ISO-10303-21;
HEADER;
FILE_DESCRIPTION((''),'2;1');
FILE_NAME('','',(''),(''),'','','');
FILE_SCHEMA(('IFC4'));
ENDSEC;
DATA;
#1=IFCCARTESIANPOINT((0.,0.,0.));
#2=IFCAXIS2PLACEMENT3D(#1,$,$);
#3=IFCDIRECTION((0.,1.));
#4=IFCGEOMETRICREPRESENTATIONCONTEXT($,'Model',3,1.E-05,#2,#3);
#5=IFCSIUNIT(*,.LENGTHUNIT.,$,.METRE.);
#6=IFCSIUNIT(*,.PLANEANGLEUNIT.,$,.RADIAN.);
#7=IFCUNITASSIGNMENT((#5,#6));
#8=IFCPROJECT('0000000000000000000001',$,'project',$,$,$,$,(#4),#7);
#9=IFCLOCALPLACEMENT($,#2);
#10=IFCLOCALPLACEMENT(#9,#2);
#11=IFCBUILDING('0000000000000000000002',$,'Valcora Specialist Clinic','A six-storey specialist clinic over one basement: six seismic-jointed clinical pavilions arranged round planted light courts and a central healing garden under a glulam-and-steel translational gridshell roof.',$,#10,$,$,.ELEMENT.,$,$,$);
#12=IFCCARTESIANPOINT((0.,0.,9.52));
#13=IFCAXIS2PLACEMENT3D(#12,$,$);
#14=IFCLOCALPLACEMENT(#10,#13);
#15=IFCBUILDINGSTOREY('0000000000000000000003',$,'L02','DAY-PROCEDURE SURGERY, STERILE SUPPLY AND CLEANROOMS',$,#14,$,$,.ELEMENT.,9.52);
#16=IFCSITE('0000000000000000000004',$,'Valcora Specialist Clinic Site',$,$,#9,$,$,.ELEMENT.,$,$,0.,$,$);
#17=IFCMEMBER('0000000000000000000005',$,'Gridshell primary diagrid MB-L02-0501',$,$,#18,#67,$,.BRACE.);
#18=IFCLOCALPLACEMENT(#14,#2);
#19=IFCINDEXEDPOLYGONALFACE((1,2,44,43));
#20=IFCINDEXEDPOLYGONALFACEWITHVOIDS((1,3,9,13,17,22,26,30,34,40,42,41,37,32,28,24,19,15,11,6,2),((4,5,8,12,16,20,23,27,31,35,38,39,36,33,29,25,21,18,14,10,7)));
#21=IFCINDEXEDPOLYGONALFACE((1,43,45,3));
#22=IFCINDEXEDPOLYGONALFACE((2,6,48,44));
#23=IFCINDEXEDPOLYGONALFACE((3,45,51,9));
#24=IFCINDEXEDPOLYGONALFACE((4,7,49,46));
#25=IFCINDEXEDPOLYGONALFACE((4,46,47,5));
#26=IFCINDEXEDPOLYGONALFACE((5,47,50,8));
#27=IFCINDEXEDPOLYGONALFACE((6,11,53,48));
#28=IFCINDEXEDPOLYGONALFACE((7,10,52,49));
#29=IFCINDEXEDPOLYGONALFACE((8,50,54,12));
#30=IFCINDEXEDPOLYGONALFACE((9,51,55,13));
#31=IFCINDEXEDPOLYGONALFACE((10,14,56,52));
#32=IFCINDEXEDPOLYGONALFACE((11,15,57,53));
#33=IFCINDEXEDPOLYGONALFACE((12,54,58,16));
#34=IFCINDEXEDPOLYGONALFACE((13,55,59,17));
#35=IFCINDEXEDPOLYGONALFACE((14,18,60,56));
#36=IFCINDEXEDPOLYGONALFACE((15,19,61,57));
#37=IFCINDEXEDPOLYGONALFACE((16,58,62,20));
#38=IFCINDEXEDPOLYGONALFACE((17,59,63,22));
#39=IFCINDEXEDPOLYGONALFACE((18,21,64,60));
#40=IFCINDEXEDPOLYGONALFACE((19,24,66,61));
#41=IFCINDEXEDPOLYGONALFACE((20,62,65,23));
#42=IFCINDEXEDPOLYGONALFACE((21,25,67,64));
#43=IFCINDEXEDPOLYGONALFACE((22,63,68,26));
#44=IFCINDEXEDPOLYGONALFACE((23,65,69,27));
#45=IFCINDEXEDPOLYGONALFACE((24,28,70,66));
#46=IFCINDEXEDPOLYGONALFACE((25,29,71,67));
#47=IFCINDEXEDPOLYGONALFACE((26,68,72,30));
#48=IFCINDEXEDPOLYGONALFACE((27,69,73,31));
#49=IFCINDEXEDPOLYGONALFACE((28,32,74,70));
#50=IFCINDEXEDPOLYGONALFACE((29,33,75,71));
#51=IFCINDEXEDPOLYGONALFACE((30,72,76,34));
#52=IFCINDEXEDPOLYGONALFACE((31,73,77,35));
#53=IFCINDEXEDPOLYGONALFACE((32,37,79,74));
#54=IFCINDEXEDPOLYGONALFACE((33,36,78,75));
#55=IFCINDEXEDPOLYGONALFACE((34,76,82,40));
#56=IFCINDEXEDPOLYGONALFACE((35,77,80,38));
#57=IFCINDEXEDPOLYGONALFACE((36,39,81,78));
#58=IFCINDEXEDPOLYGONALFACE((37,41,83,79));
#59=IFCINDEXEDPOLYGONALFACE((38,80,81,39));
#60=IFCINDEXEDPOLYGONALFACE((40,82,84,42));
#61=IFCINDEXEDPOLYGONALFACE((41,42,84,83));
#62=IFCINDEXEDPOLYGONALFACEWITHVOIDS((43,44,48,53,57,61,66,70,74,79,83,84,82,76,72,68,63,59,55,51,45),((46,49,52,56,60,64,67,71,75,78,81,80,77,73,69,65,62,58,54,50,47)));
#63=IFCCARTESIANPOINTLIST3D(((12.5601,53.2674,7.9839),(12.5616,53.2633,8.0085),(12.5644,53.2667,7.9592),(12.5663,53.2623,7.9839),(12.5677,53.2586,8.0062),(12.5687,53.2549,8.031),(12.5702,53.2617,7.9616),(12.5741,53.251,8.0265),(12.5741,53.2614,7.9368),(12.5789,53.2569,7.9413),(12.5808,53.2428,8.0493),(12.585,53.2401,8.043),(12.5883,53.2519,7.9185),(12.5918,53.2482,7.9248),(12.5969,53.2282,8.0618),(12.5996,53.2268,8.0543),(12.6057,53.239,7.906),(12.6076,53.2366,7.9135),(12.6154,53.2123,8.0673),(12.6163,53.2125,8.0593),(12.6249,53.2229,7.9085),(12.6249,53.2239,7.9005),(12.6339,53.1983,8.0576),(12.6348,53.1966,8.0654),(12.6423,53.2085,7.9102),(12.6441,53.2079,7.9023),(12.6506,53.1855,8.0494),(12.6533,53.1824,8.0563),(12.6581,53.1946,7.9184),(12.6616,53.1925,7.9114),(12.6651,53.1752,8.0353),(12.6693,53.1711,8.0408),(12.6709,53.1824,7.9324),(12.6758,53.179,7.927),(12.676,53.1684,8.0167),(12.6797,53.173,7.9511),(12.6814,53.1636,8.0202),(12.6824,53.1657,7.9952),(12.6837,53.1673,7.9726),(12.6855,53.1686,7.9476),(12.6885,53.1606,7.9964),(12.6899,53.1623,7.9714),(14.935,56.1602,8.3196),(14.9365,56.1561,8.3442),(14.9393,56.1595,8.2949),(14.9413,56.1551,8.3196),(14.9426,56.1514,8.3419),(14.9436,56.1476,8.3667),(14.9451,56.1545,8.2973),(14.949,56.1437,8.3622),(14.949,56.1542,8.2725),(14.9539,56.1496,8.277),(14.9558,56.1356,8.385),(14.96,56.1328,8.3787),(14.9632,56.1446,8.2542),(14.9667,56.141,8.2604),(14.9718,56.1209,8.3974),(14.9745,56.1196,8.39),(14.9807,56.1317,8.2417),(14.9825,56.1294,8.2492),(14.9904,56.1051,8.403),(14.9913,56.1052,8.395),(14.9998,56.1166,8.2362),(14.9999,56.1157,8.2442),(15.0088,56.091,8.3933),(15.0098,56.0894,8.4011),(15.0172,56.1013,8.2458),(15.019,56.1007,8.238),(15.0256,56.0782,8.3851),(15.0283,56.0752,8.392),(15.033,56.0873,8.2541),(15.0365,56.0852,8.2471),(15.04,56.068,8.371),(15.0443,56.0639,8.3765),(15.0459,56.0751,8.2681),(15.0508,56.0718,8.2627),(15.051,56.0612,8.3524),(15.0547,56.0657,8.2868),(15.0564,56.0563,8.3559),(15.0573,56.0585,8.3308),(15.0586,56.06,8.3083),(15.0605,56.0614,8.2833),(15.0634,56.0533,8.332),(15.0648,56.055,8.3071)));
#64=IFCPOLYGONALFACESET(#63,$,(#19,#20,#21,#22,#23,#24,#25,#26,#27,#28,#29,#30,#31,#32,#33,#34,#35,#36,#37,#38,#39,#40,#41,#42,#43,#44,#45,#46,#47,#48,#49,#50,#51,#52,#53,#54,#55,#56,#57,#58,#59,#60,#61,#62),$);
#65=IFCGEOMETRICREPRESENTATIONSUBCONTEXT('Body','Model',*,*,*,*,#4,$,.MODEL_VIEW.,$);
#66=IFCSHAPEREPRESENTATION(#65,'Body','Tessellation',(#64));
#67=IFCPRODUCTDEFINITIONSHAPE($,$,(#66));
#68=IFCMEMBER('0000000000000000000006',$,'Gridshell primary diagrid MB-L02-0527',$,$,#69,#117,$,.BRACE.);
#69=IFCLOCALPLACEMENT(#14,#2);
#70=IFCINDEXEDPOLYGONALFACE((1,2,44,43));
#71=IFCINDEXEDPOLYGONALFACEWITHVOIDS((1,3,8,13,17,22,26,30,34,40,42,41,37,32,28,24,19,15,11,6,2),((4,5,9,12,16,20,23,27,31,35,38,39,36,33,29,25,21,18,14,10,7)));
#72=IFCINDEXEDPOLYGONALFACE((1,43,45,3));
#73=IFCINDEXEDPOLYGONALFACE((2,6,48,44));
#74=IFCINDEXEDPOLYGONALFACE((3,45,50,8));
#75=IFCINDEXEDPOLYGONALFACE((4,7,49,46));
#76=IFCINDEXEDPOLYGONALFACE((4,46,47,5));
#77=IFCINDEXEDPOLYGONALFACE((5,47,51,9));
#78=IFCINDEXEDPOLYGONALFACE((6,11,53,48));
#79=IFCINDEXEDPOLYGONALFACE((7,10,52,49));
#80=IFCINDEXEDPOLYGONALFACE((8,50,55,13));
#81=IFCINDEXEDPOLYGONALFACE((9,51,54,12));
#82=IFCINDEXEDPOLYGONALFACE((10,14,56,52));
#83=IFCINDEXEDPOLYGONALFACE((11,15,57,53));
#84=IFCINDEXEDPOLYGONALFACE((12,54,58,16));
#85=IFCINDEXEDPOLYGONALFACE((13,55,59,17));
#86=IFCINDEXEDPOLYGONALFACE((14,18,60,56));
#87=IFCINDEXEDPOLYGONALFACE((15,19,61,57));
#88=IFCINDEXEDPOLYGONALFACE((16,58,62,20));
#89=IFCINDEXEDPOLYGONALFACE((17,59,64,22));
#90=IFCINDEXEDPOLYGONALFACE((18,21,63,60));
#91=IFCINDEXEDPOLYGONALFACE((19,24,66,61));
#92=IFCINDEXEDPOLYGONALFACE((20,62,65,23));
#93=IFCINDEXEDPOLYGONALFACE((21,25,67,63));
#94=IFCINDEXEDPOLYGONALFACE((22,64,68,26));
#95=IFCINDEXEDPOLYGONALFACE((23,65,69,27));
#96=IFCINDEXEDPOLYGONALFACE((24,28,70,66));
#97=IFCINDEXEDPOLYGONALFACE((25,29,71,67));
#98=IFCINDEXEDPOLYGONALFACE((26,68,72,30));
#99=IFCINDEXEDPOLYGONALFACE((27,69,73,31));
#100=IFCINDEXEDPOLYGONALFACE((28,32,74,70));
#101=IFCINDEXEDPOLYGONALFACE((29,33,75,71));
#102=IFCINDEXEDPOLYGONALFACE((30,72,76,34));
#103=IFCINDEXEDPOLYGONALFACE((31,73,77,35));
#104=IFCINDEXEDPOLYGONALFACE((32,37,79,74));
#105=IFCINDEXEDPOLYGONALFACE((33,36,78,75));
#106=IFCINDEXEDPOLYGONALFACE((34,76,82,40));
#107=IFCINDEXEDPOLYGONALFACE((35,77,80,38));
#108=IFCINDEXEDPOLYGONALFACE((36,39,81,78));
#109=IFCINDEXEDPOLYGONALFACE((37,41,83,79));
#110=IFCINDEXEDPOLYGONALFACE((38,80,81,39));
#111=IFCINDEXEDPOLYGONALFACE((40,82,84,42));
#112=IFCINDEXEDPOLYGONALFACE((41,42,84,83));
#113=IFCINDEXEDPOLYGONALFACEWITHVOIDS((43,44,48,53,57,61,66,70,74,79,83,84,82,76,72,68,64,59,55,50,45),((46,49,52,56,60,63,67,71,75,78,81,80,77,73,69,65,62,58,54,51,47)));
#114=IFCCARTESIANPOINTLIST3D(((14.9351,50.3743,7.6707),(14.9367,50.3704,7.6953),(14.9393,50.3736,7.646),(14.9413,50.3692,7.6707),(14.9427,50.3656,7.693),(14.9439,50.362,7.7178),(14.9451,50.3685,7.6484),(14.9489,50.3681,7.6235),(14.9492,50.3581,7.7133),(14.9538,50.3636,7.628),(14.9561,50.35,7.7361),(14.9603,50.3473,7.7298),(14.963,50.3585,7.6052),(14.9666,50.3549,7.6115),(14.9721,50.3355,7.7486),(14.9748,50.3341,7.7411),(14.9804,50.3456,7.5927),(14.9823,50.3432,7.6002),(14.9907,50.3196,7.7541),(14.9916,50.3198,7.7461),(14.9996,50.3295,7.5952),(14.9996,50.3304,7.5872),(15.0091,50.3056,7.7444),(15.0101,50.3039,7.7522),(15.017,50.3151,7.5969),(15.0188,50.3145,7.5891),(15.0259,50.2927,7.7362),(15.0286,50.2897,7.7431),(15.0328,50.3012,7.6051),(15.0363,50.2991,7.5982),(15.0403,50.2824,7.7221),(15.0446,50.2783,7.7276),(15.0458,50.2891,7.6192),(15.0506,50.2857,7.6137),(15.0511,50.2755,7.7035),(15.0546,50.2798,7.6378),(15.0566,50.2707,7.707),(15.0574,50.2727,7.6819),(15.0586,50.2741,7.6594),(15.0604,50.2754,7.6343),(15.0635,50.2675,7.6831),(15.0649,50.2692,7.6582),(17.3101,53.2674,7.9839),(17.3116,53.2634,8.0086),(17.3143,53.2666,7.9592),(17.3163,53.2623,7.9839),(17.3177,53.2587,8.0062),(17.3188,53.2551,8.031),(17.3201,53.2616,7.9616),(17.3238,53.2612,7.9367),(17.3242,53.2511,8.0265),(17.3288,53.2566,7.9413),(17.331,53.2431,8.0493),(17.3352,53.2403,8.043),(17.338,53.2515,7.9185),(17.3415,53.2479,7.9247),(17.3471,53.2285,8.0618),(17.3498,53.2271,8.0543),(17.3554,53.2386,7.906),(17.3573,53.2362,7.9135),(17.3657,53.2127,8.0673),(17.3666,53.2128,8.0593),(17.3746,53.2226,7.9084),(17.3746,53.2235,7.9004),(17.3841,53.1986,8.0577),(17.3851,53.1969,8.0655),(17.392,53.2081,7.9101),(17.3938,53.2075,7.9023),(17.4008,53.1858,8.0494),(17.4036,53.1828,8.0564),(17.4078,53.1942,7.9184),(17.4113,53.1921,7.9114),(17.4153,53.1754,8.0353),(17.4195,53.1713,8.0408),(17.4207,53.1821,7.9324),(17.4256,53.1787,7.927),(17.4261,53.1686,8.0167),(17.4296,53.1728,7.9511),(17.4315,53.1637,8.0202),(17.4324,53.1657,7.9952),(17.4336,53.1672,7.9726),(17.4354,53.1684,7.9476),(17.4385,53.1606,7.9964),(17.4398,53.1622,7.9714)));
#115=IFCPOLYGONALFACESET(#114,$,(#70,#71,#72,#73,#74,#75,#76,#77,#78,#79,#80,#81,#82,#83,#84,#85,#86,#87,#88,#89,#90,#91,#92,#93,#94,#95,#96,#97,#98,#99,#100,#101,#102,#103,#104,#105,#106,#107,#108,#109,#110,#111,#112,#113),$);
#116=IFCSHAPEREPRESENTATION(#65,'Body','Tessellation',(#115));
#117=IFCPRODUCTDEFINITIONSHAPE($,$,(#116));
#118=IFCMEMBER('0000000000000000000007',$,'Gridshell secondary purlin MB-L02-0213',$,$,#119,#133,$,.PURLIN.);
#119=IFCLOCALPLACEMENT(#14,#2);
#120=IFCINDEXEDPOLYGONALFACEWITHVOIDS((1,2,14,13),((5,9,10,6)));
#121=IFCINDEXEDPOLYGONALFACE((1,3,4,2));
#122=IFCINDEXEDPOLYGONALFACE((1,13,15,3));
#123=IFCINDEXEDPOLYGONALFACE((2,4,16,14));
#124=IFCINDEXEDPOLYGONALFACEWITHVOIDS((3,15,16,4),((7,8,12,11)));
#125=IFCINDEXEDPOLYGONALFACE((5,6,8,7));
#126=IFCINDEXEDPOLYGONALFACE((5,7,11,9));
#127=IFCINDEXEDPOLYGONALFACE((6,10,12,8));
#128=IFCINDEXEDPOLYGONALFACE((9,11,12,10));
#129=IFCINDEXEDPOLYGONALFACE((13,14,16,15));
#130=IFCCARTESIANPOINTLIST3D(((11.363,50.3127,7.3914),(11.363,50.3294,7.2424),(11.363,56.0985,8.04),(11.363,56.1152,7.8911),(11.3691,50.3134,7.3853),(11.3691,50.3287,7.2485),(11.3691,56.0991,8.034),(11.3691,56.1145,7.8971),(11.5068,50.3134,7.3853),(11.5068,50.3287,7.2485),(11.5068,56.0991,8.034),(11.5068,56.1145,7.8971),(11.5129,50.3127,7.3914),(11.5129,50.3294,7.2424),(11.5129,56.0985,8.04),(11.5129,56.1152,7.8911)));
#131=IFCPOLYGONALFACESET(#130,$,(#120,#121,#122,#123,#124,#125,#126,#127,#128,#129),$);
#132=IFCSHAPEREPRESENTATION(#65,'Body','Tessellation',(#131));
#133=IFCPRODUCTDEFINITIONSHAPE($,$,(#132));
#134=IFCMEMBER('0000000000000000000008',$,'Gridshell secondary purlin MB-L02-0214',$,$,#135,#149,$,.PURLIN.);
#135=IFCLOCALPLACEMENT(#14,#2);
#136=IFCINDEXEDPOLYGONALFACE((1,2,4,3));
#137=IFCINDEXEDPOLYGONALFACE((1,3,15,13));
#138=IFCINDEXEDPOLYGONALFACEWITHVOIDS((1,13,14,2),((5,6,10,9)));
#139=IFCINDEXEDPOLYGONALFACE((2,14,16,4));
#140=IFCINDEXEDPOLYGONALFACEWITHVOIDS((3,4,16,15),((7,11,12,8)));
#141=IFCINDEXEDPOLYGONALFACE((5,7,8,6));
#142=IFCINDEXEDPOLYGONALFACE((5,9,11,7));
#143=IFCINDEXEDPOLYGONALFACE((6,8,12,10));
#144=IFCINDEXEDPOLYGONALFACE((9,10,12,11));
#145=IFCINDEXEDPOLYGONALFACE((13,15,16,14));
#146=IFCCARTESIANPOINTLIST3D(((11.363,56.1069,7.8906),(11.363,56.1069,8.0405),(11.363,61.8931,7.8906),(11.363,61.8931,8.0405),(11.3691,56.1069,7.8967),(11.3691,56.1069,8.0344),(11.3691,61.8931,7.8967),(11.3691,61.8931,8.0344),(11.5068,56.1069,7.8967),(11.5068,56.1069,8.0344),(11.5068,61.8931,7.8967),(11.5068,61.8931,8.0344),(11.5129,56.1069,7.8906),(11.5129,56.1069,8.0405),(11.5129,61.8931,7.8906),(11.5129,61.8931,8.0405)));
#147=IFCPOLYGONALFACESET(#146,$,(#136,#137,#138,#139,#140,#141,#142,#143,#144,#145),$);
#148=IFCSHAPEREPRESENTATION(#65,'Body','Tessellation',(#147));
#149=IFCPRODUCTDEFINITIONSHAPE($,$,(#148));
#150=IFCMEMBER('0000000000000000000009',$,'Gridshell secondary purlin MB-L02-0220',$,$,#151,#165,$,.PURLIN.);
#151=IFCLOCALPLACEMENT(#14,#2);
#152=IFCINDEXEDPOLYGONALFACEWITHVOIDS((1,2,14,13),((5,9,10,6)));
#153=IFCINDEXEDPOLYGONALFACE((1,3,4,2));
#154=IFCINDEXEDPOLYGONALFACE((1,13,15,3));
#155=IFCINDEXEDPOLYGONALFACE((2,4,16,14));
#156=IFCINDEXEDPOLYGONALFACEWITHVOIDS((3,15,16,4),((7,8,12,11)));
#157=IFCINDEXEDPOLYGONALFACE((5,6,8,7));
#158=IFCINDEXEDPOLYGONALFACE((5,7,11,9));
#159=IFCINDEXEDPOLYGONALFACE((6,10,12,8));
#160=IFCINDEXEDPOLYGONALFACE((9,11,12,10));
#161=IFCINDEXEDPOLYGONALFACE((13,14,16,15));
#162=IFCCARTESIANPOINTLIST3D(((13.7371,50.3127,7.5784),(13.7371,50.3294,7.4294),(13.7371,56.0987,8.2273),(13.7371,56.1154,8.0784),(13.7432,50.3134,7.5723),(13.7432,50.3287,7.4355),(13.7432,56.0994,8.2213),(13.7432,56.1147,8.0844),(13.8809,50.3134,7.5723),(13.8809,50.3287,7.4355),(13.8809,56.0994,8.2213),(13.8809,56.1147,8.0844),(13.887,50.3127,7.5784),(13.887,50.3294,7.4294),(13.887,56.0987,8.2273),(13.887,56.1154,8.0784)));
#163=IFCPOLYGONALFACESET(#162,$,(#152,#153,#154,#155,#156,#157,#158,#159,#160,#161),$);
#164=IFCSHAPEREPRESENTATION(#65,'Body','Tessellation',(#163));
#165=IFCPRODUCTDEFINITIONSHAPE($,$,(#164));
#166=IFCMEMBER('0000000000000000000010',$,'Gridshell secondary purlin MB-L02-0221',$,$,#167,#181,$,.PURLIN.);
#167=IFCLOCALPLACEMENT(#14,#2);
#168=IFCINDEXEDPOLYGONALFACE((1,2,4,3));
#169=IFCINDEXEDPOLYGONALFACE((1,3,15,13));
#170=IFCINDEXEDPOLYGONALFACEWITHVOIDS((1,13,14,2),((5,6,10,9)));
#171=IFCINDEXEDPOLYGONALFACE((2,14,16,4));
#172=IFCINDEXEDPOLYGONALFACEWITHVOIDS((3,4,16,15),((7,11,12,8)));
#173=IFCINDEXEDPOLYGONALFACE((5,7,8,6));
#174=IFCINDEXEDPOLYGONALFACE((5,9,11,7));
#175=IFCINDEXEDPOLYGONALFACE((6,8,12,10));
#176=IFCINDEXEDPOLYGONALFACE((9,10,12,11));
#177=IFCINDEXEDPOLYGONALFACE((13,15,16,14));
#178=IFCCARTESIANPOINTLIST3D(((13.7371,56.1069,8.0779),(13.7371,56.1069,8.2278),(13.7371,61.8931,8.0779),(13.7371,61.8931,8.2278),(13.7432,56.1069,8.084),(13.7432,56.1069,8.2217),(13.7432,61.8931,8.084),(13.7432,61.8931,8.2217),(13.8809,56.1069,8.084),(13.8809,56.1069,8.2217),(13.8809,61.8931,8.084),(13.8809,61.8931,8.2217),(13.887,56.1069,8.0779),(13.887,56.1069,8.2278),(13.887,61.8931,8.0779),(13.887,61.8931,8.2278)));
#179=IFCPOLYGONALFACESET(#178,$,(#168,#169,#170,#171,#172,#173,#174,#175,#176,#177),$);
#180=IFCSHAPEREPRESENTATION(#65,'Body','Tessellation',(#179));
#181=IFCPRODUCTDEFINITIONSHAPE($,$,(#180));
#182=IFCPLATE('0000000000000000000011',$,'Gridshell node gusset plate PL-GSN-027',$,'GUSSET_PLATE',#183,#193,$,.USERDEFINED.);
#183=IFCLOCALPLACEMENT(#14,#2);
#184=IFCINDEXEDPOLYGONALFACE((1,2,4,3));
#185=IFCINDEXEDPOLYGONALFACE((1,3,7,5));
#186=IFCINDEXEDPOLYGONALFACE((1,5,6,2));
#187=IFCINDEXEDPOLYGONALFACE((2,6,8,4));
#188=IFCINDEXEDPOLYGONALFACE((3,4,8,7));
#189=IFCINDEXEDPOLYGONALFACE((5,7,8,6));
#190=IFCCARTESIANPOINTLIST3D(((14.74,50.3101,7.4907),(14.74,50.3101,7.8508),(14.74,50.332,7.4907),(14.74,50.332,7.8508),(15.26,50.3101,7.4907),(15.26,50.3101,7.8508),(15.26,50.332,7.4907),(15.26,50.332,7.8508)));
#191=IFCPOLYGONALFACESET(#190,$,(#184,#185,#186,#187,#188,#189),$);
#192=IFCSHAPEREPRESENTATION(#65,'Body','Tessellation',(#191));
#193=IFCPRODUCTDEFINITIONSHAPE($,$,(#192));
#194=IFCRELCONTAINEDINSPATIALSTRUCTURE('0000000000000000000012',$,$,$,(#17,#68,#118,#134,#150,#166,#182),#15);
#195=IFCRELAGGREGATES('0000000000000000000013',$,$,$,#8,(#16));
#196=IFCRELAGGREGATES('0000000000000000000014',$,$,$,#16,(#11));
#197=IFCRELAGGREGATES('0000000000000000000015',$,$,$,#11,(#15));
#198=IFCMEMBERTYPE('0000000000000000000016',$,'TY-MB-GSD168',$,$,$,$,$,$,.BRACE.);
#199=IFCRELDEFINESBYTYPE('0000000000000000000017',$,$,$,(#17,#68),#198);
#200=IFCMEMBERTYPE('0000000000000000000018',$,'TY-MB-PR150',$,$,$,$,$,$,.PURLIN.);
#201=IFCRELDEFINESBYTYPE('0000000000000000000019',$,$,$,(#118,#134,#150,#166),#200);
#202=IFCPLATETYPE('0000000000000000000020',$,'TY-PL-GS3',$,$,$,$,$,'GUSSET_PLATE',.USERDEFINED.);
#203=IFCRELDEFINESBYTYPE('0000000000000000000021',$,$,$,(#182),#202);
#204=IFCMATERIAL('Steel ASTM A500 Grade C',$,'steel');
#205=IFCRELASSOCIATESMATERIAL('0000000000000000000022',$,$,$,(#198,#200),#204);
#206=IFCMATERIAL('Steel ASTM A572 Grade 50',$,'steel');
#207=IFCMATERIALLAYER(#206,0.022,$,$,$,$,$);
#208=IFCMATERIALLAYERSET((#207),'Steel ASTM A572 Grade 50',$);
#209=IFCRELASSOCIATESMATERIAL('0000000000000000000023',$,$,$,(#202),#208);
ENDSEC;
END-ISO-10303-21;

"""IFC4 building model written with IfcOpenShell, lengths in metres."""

from ifc_helpers import new_model, si_unit, direction, frame, origin, origin_2d, place, context, subcontext, project, spatial, rectangle, hollow_rectangle, hollow_circle, extrude, material, layer, layer_set, material_profile, profile_set, type_object, element, save


model = new_model("IFC4")

# Units and contexts
model_context = context("Model", 3, precision=1e-05, world=origin(), true_north=direction((0.0, 1.0)))
body_context = subcontext(model_context, "Body", "Model", "MODEL_VIEW")
ifc_project = project(units=[si_unit("LENGTHUNIT", "METRE"), si_unit("PLANEANGLEUNIT", "RADIAN")], contexts=[model_context])

# Site, building, storey
site_placement = place(None, origin())
site = spatial("IfcSite", under=ifc_project, at=site_placement, Name="Valcora Specialist Clinic Site", CompositionType="ELEMENT", RefElevation=0.0)
building_placement = place(site_placement, origin())
building = spatial("IfcBuilding", under=site, at=building_placement, Name="Valcora Specialist Clinic", Description="A six-storey specialist clinic over one basement: six seismic-jointed clinical pavilions arranged round planted light courts and a central healing garden under a glulam-and-steel translational gridshell roof.", CompositionType="ELEMENT")
storey_placement = place(building_placement, frame((0.0, 0.0, 9.52)))
storey = spatial("IfcBuildingStorey", under=building, at=storey_placement, Name="L02", Description="DAY-PROCEDURE SURGERY, STERILE SUPPLY AND CLEANROOMS", CompositionType="ELEMENT", Elevation=9.52)

# Members
ifc_material_1 = material(Name="Steel ASTM A500 Grade C", Category="steel")
ifc_material_profile_1 = material_profile(ifc_material_1, hollow_circle(Radius=0.084, WallThickness=0.0081, at=origin_2d()), Name="ST-CHS-168X8")
ifc_profile_set_1 = profile_set([ifc_material_profile_1], Name="Steel ASTM A500 Grade C")
member_type_1 = type_object("IfcMemberType", Name="TY-MB-GSD168", PredefinedType="BRACE", material=ifc_profile_set_1)
member_1_placement = place(storey_placement, frame((12.625, 53.2141, 7.9839), z_axis=(0.632004, 0.7698, 0.08933), x_axis=(-0.77289, 0.63454, 0.0)))
element("IfcMember", 1, at=member_1_placement, inside=storey, type_object=member_type_1, Name="Gridshell primary diagrid MB-L02-0501", PredefinedType="BRACE", context=body_context, shape_type="SweptSolid", body=[
    extrude(hollow_circle(Radius=0.084, WallThickness=0.0081, at=origin_2d()), origin(), (0.0, 0.0, 1.0), 3.7578),
])
member_2_placement = place(storey_placement, frame((15.0, 50.321, 7.6707), z_axis=(0.632298, 0.770224, 0.083392), x_axis=(-0.772916, 0.634508, 0.0)))
element("IfcMember", 2, at=member_2_placement, inside=storey, type_object=member_type_1, Name="Gridshell primary diagrid MB-L02-0527", PredefinedType="BRACE", context=body_context, shape_type="SweptSolid", body=[
    extrude(hollow_circle(Radius=0.084, WallThickness=0.0081, at=origin_2d()), origin(), (0.0, 0.0, 1.0), 3.7561),
])
ifc_material_profile_2 = material_profile(ifc_material_1, hollow_rectangle(XDim=0.1499, YDim=0.1499, WallThickness=0.0061, at=origin_2d()), Name="ST-RHS-150X150X6")
ifc_profile_set_2 = profile_set([ifc_material_profile_2], Name="Steel ASTM A500 Grade C")
member_type_2 = type_object("IfcMemberType", Name="TY-MB-PR150", PredefinedType="PURLIN", material=ifc_profile_set_2)
member_3_placement = place(storey_placement, frame((11.438, 50.321, 7.3169), z_axis=(0.0, 0.993774, 0.111416), x_axis=(-1.0, 0.0, 0.0)))
element("IfcMember", 3, at=member_3_placement, inside=storey, type_object=member_type_2, Name="Gridshell secondary purlin MB-L02-0213", PredefinedType="PURLIN", context=body_context, shape_type="SweptSolid", body=[
    extrude(hollow_rectangle(XDim=0.1499, YDim=0.1499, WallThickness=0.0061, at=origin_2d()), origin(), (0.0, 0.0, 1.0), 5.822),
])
member_4_placement = place(storey_placement, frame((11.438, 56.1069, 7.9656), z_axis=(0.0, 1.0, 0.0), x_axis=(-1.0, 0.0, 0.0)))
element("IfcMember", 4, at=member_4_placement, inside=storey, type_object=member_type_2, Name="Gridshell secondary purlin MB-L02-0214", PredefinedType="PURLIN", context=body_context, shape_type="SweptSolid", body=[
    extrude(hollow_rectangle(XDim=0.1499, YDim=0.1499, WallThickness=0.0061, at=origin_2d()), origin(), (0.0, 0.0, 1.0), 5.7861),
])
member_5_placement = place(storey_placement, frame((13.812, 50.321, 7.5039), z_axis=(0.0, 0.993769, 0.111458), x_axis=(-1.0, 0.0, 0.0)))
element("IfcMember", 5, at=member_5_placement, inside=storey, type_object=member_type_2, Name="Gridshell secondary purlin MB-L02-0220", PredefinedType="PURLIN", context=body_context, shape_type="SweptSolid", body=[
    extrude(hollow_rectangle(XDim=0.1499, YDim=0.1499, WallThickness=0.0061, at=origin_2d()), origin(), (0.0, 0.0, 1.0), 5.8223),
])
member_6_placement = place(storey_placement, frame((13.812, 56.1069, 8.1528), z_axis=(0.0, 1.0, 0.0), x_axis=(-1.0, 0.0, 0.0)))
element("IfcMember", 6, at=member_6_placement, inside=storey, type_object=member_type_2, Name="Gridshell secondary purlin MB-L02-0221", PredefinedType="PURLIN", context=body_context, shape_type="SweptSolid", body=[
    extrude(hollow_rectangle(XDim=0.1499, YDim=0.1499, WallThickness=0.0061, at=origin_2d()), origin(), (0.0, 0.0, 1.0), 5.7861),
])

# Plate
ifc_material_2 = material(Name="Steel ASTM A572 Grade 50", Category="steel")
ifc_layer_1 = layer(ifc_material_2, 0.022)
ifc_layer_set_1 = layer_set([ifc_layer_1], Name="Steel ASTM A572 Grade 50")
plate_type_1 = type_object("IfcPlateType", Name="TY-PL-GS3", ElementType="GUSSET_PLATE", PredefinedType="USERDEFINED", material=ifc_layer_set_1)
plate_placement = place(storey_placement, frame((15.0, 50.321, 7.4907), z_axis=(0.0, 0.0, 1.0), x_axis=(1.0, 0.0, 0.0)))
element("IfcPlate", 7, at=plate_placement, inside=storey, type_object=plate_type_1, Name="Gridshell node gusset plate PL-GSN-027", ObjectType="GUSSET_PLATE", PredefinedType="USERDEFINED", context=body_context, shape_type="SweptSolid", body=[
    extrude(rectangle(XDim=0.52, YDim=0.022, at=origin_2d()), origin(), (0.0, 0.0, 1.0), 0.3601),
])

save(model, "model.ifc")
